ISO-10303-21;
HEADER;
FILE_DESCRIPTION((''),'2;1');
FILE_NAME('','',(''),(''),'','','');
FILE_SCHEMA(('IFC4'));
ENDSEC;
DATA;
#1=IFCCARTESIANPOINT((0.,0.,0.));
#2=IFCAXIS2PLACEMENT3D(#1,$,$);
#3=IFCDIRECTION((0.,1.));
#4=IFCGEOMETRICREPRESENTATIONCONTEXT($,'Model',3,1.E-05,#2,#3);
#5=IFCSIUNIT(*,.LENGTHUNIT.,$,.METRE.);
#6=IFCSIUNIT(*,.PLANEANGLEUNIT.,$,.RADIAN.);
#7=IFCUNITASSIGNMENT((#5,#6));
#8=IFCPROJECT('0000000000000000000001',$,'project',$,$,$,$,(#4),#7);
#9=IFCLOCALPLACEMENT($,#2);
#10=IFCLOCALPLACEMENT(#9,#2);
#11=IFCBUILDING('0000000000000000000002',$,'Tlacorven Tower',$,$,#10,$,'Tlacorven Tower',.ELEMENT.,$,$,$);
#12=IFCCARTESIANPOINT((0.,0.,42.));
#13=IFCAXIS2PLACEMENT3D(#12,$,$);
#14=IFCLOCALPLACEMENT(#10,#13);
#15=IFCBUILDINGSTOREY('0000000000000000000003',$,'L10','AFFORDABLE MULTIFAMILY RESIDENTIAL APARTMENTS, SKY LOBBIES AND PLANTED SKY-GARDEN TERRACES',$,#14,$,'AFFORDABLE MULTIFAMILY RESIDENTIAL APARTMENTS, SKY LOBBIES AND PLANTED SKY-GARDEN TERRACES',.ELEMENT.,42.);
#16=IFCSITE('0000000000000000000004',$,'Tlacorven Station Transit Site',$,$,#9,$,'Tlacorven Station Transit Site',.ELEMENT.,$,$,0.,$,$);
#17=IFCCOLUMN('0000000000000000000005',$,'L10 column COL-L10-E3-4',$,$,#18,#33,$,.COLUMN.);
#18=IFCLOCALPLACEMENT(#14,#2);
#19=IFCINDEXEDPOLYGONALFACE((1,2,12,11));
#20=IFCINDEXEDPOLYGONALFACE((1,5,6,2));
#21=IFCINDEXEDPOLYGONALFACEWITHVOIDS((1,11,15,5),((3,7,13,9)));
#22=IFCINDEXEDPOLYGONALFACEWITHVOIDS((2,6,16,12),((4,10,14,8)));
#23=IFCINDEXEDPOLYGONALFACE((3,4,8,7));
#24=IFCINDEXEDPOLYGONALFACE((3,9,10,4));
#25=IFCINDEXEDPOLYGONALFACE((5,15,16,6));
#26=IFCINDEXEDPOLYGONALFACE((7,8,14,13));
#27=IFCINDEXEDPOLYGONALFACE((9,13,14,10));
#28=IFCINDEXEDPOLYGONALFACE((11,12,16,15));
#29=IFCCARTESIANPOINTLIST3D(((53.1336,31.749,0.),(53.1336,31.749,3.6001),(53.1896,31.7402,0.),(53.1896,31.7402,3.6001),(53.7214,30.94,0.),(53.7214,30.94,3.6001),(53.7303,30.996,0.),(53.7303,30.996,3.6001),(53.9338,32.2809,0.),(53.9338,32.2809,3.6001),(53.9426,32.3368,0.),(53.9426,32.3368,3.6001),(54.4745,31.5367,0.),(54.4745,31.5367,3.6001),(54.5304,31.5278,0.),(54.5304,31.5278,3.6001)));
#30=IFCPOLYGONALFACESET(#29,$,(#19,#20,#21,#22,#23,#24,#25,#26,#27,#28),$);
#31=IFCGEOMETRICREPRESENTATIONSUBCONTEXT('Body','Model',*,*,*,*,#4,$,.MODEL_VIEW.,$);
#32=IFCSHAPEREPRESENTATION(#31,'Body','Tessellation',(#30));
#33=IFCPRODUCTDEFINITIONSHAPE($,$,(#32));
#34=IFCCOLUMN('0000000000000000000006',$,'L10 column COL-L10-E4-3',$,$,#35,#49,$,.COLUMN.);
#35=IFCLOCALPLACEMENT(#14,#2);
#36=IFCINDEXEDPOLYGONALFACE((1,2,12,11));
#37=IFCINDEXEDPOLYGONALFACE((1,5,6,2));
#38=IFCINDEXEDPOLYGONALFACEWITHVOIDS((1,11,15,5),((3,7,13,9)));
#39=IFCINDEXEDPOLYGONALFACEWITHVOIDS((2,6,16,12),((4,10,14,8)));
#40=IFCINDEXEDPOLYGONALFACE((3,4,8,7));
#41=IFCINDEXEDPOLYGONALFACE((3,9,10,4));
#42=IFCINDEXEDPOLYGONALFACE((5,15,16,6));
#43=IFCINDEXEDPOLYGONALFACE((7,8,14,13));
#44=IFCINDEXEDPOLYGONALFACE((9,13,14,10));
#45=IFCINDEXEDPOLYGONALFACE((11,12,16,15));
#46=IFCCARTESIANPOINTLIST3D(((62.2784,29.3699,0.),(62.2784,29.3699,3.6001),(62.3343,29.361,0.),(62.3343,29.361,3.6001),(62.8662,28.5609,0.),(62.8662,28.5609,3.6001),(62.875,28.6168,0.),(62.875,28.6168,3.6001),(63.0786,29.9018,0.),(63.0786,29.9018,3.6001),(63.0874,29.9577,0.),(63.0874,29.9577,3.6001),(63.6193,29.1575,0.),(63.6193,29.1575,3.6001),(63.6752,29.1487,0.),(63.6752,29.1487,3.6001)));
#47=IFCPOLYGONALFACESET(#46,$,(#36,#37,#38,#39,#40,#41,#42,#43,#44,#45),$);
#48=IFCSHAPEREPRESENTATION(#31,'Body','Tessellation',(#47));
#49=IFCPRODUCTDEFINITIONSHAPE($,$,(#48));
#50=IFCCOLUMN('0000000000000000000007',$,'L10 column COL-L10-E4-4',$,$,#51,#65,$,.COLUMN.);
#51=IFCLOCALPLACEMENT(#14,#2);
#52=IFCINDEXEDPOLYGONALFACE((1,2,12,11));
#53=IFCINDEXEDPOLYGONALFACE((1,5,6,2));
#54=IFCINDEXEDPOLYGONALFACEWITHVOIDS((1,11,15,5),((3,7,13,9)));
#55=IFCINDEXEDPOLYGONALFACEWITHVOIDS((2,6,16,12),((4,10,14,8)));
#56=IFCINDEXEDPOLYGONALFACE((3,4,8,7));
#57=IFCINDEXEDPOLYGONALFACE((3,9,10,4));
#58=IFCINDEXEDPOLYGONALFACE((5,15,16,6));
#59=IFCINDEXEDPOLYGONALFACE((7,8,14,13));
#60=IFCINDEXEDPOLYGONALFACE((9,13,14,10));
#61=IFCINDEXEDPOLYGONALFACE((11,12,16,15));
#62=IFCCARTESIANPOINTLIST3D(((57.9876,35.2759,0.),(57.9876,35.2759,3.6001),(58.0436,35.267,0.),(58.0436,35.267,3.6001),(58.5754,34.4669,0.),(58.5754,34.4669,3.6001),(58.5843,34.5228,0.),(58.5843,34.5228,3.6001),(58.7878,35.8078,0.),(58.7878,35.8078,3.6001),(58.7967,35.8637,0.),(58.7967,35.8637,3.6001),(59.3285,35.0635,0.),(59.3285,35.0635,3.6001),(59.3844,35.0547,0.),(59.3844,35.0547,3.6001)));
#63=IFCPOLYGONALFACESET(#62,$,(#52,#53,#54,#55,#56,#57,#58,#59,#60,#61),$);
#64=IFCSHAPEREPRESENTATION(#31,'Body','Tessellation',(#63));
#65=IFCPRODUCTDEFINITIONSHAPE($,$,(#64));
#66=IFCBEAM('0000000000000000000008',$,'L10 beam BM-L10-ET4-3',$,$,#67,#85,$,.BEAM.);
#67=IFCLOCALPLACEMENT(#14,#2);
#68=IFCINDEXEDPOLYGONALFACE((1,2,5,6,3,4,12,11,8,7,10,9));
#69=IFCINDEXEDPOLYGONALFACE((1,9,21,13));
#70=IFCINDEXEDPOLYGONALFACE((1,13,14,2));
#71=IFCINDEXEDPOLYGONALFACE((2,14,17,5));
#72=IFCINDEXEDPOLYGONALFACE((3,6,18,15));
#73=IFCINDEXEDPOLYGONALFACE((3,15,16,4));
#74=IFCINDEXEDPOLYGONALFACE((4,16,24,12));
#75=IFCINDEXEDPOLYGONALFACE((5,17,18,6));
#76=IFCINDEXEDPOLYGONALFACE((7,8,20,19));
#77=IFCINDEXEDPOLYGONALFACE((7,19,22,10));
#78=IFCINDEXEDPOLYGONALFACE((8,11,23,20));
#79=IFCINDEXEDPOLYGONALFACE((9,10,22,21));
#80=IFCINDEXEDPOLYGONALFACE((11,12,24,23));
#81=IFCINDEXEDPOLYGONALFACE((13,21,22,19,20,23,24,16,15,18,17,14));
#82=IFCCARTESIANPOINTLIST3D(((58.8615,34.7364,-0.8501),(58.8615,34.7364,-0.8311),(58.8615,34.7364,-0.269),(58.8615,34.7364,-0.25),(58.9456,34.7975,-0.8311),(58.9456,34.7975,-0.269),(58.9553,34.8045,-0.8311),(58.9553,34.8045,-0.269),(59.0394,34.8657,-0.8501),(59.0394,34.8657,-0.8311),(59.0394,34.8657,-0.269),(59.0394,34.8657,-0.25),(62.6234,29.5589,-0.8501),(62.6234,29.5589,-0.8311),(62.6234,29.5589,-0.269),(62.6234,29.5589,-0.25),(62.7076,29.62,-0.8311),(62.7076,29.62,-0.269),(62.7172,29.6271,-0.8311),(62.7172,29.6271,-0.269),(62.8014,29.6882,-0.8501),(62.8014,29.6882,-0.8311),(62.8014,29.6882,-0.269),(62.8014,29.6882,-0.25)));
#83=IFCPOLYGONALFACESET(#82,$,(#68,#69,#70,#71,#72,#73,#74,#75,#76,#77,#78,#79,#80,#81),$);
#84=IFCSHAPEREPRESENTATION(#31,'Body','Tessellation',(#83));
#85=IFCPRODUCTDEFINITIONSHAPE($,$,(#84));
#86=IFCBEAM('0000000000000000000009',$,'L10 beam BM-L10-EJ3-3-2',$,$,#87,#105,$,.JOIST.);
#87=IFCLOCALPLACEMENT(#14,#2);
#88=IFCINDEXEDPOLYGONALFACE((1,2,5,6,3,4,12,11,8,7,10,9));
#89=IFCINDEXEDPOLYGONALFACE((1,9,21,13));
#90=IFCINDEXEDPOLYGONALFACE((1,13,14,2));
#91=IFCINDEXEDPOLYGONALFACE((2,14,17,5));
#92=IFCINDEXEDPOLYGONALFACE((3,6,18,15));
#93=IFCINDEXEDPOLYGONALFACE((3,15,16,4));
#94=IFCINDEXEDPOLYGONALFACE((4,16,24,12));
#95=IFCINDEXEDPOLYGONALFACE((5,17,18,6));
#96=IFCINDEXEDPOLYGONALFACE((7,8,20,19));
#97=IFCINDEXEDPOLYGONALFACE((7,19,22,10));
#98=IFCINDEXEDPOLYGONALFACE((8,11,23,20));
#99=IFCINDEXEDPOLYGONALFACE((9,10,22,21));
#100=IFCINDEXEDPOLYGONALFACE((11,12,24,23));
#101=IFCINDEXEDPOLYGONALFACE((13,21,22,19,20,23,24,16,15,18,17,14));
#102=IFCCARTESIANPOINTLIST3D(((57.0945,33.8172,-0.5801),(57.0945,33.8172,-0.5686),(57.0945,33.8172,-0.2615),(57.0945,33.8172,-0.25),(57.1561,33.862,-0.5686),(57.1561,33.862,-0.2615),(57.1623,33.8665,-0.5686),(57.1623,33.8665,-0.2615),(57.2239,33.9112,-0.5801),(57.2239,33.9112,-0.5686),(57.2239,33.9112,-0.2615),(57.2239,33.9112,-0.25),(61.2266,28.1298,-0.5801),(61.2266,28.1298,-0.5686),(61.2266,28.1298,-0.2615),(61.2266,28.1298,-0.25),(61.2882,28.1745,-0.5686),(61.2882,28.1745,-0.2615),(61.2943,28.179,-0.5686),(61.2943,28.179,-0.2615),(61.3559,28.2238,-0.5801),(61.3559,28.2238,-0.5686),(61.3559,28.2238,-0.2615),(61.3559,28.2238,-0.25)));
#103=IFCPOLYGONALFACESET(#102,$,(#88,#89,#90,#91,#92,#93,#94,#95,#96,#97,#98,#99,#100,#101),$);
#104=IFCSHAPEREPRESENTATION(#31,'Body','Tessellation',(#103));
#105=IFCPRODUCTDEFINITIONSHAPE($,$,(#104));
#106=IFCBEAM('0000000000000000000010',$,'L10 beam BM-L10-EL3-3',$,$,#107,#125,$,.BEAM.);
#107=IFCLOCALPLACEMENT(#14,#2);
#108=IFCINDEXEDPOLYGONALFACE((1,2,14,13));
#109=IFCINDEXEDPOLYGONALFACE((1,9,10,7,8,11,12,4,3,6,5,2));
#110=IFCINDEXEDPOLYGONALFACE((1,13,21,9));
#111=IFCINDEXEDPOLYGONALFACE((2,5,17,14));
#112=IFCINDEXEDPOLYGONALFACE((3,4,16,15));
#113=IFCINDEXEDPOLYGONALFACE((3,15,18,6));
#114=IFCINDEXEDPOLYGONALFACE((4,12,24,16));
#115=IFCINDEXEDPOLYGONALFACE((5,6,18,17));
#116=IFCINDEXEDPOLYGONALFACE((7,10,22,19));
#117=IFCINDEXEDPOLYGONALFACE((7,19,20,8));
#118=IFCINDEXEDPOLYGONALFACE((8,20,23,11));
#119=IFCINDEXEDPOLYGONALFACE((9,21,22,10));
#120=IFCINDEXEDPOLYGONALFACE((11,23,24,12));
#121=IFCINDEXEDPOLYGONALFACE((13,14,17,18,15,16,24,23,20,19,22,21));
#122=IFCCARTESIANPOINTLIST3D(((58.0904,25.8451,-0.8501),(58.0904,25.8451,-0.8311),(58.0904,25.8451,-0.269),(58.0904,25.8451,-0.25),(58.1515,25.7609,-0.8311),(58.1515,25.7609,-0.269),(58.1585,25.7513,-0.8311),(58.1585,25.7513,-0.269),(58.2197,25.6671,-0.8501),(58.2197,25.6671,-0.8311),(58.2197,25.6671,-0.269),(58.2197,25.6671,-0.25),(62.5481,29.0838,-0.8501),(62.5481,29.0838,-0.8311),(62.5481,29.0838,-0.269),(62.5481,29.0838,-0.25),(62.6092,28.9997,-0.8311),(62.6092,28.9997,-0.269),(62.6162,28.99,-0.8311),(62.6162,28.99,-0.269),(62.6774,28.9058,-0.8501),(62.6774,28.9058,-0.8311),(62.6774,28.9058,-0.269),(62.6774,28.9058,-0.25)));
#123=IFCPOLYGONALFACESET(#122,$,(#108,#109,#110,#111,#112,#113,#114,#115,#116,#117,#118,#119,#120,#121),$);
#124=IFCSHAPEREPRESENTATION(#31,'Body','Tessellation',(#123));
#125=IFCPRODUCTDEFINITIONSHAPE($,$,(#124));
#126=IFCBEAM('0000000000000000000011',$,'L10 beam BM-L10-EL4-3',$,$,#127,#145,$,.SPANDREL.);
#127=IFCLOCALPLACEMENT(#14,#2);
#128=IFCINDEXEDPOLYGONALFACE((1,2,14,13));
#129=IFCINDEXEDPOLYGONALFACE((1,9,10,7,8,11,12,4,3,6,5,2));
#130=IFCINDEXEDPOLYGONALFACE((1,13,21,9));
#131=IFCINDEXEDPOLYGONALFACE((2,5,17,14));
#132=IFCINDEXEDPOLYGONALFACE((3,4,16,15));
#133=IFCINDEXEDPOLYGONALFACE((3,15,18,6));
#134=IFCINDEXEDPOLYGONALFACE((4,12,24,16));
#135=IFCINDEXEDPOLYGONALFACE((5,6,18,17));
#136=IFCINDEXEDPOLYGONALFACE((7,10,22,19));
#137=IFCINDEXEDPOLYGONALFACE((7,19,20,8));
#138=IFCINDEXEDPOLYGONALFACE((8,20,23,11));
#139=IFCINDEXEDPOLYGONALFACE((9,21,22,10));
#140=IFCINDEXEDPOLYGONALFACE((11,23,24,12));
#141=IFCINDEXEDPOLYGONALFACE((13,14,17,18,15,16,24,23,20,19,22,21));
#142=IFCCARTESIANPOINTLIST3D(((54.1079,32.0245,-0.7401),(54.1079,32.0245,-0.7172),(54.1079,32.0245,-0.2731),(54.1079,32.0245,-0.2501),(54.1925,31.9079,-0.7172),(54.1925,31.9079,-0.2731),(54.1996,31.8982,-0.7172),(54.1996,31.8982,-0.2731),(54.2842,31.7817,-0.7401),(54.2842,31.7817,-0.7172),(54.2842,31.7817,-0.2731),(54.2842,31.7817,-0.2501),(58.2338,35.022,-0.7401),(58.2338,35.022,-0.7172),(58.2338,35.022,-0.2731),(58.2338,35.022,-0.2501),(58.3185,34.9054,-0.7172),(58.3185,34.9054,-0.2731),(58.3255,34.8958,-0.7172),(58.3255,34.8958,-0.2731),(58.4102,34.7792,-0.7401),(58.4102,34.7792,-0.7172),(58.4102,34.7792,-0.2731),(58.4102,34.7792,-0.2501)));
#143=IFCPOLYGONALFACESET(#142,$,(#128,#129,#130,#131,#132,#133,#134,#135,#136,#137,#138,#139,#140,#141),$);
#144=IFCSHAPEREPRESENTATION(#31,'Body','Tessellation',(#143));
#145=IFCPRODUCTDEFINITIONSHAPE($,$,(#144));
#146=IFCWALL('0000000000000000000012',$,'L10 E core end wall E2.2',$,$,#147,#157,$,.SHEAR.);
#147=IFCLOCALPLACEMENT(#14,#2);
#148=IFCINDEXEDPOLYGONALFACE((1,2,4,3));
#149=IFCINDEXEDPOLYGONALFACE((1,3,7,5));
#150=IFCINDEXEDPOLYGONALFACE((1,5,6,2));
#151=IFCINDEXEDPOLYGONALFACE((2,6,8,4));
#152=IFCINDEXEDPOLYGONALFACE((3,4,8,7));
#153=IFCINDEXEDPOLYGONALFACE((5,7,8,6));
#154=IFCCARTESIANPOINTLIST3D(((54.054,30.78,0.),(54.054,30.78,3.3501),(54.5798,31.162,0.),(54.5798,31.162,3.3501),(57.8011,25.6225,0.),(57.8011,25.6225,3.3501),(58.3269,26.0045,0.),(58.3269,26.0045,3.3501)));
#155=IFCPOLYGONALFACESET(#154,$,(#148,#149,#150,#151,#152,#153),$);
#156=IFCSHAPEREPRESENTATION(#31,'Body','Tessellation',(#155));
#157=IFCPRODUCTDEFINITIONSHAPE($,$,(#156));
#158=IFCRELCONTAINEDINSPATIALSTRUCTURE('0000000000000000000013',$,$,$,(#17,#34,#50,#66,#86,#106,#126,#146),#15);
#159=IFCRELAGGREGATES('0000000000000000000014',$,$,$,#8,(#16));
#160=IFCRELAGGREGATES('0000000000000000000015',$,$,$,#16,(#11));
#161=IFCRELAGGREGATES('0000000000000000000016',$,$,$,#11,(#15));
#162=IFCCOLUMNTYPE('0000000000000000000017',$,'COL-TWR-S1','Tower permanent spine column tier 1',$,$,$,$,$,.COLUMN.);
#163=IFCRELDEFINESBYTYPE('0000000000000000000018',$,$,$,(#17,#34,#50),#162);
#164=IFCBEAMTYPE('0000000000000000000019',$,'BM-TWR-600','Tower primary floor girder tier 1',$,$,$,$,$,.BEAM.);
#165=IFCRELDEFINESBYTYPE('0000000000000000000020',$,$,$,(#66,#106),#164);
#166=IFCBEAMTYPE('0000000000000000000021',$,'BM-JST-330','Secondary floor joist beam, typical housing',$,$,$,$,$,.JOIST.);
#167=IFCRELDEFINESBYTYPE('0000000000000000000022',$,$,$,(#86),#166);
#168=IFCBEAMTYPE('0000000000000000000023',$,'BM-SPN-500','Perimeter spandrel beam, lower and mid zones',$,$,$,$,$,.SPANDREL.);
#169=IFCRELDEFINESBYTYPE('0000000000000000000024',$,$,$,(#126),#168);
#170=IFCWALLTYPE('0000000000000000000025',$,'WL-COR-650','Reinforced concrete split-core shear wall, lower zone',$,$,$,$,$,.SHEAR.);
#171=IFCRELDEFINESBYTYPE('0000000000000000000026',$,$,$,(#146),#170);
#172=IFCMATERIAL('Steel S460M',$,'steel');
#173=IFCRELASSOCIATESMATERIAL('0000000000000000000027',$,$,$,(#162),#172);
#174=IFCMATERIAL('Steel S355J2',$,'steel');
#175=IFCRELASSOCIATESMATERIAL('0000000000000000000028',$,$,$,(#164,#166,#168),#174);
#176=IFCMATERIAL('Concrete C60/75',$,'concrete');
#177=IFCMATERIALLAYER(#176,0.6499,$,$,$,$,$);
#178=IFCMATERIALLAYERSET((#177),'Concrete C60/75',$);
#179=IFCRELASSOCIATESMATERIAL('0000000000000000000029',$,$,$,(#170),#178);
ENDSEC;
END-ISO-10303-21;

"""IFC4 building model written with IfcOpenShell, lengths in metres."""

from ifc_helpers import new_model, si_unit, direction, frame, frame_2d, origin, origin_2d, place, context, subcontext, project, spatial, rectangle, hollow_rectangle, i_section, extrude, source, transform, mapped, material, layer, layer_set, material_profile, profile_set, type_object, element, save


model = new_model("IFC4")

# Units and contexts
model_context = context("Model", 3, precision=1e-05, world=origin(), true_north=direction((0.0, 1.0)))
body_context = subcontext(model_context, "Body", "Model", "MODEL_VIEW")
ifc_project = project(units=[si_unit("LENGTHUNIT", "METRE"), si_unit("PLANEANGLEUNIT", "RADIAN")], contexts=[model_context])

# Site, building, storey
site_placement = place(None, origin())
site = spatial("IfcSite", under=ifc_project, at=site_placement, Name="Tlacorven Station Transit Site", LongName="Tlacorven Station Transit Site", CompositionType="ELEMENT", RefElevation=0.0)
building_placement = place(site_placement, origin())
building = spatial("IfcBuilding", under=site, at=building_placement, Name="Tlacorven Tower", LongName="Tlacorven Tower", CompositionType="ELEMENT")
storey_placement = place(building_placement, frame((0.0, 0.0, 42.0)))
storey = spatial("IfcBuildingStorey", under=building, at=storey_placement, Name="L10", Description="AFFORDABLE MULTIFAMILY RESIDENTIAL APARTMENTS, SKY LOBBIES AND PLANTED SKY-GARDEN TERRACES", LongName="AFFORDABLE MULTIFAMILY RESIDENTIAL APARTMENTS, SKY LOBBIES AND PLANTED SKY-GARDEN TERRACES", CompositionType="ELEMENT", Elevation=42.0)

# Columns
ifc_material_1 = material(Name="Steel S460M", Category="steel")
ifc_material_profile_1 = material_profile(ifc_material_1, hollow_rectangle(XDim=1.0, YDim=1.0, WallThickness=0.04, at=origin_2d()), Name="BOX 1000X1000X40")
ifc_profile_set_1 = profile_set([ifc_material_profile_1], Name="Steel S460M")
column_type = type_object("IfcColumnType", Name="COL-TWR-S1", Description="Tower permanent spine column tier 1", PredefinedType="COLUMN", material=ifc_profile_set_1)
shared_shape_1 = source(origin(), body_context, "Body", "SweptSolid", [
    extrude(hollow_rectangle(XDim=1.0, YDim=1.0, WallThickness=0.04, at=origin_2d()), origin(), (0.0, 0.0, 1.0), 3.6001),
])
for number, where, z_axis, x_axis, name in (
    (1, (53.832, 31.6384, 0.0), (0.0, 0.0, 1.0), (0.809017, 0.587785, 0.0), "L10 column COL-L10-E3-4"),
    (2, (62.9768, 29.2593, 0.0), (0.0, 0.0, 1.0), (0.809017, 0.587785, 0.0), "L10 column COL-L10-E4-3"),
    (3, (58.686, 35.1653, 0.0), (0.0, 0.0, 1.0), (0.809017, 0.587785, 0.0), "L10 column COL-L10-E4-4"),
):
    element("IfcColumn", number, at=place(storey_placement, frame(where, z_axis=z_axis, x_axis=x_axis)), inside=storey, type_object=column_type, Name=name, PredefinedType="COLUMN", context=body_context, shape_type="MappedRepresentation", body=[
        mapped(shared_shape_1, transform((0.0, 0.0, 0.0), scale=1.0)),
    ])

# Beams
ifc_material_2 = material(Name="Steel S355J2", Category="steel")
ifc_material_profile_2 = material_profile(ifc_material_2, i_section(OverallWidth=0.22, OverallDepth=0.6001, WebThickness=0.012, FlangeThickness=0.019, at=origin_2d()), Name="IPE 600")
ifc_profile_set_2 = profile_set([ifc_material_profile_2], Name="Steel S355J2")
beam_type_1 = type_object("IfcBeamType", Name="BM-TWR-600", Description="Tower primary floor girder tier 1", PredefinedType="BEAM", material=ifc_profile_set_2)
shared_shape_2 = source(origin(), body_context, "Body", "SweptSolid", [
    extrude(i_section(OverallWidth=0.22, OverallDepth=0.6001, WebThickness=0.012, FlangeThickness=0.019, at=origin_2d()), origin(), (0.0, 0.0, 1.0), 6.3999),
])
beam_1_placement = place(storey_placement, frame((62.7124, 29.6235, -0.55), z_axis=(-0.587816, 0.808995, 0.0), x_axis=(-0.808995, -0.587816, 0.0)))
element("IfcBeam", 4, at=beam_1_placement, inside=storey, type_object=beam_type_1, Name="L10 beam BM-L10-ET4-3", PredefinedType="BEAM", context=body_context, shape_type="MappedRepresentation", body=[
    mapped(shared_shape_2, transform((0.0, 0.0, 0.0), scale=1.0)),
])
ifc_material_profile_3 = material_profile(ifc_material_2, i_section(OverallWidth=0.1599, OverallDepth=0.3301, WebThickness=0.0076, FlangeThickness=0.0115, at=origin_2d()), Name="IPE 330")
ifc_profile_set_3 = profile_set([ifc_material_profile_3], Name="Steel S355J2")
beam_type_2 = type_object("IfcBeamType", Name="BM-JST-330", Description="Secondary floor joist beam, typical housing", PredefinedType="JOIST", material=ifc_profile_set_3)
shared_shape_3 = source(origin(), body_context, "Body", "SweptSolid", [
    extrude(i_section(OverallWidth=0.1599, OverallDepth=0.3301, WebThickness=0.0076, FlangeThickness=0.0115, at=origin_2d()), origin(), (0.0, 0.0, 1.0), 7.03),
])
beam_2_placement = place(storey_placement, frame((61.2913, 28.1768, -0.415), z_axis=(-0.587773, 0.809026, 0.0), x_axis=(-0.809026, -0.587773, 0.0)))
element("IfcBeam", 5, at=beam_2_placement, inside=storey, type_object=beam_type_2, Name="L10 beam BM-L10-EJ3-3-2", PredefinedType="JOIST", context=body_context, shape_type="MappedRepresentation", body=[
    mapped(shared_shape_3, transform((0.0, 0.0, 0.0), scale=1.0)),
])
shared_shape_4 = source(origin(), body_context, "Body", "SweptSolid", [
    extrude(i_section(OverallWidth=0.22, OverallDepth=0.6001, WebThickness=0.012, FlangeThickness=0.019, at=origin_2d()), origin(), (0.0, 0.0, 1.0), 5.51),
])
beam_3_placement = place(storey_placement, frame((58.155, 25.7561, -0.55), z_axis=(0.809016, 0.587787, 0.0), x_axis=(-0.587787, 0.809016, 0.0)))
element("IfcBeam", 6, at=beam_3_placement, inside=storey, type_object=beam_type_1, Name="L10 beam BM-L10-EL3-3", PredefinedType="BEAM", context=body_context, shape_type="MappedRepresentation", body=[
    mapped(shared_shape_4, transform((0.0, 0.0, 0.0), scale=1.0)),
])
ifc_material_profile_4 = material_profile(ifc_material_2, i_section(OverallWidth=0.3, OverallDepth=0.49, WebThickness=0.012, FlangeThickness=0.0229, at=origin_2d()), Name="HEA 500")
ifc_profile_set_4 = profile_set([ifc_material_profile_4], Name="Steel S355J2")
beam_type_3 = type_object("IfcBeamType", Name="BM-SPN-500", Description="Perimeter spandrel beam, lower and mid zones", PredefinedType="SPANDREL", material=ifc_profile_set_4)
shared_shape_5 = source(origin(), body_context, "Body", "SweptSolid", [
    extrude(i_section(OverallWidth=0.3, OverallDepth=0.49, WebThickness=0.012, FlangeThickness=0.0229, at=origin_2d()), origin(), (0.0, 0.0, 1.0), 5.0999),
])
beam_4_placement = place(storey_placement, frame((54.196, 31.9031, -0.4951), z_axis=(0.80903, 0.587767, 0.0), x_axis=(-0.587767, 0.80903, 0.0)))
element("IfcBeam", 7, at=beam_4_placement, inside=storey, type_object=beam_type_3, Name="L10 beam BM-L10-EL4-3", PredefinedType="SPANDREL", context=body_context, shape_type="MappedRepresentation", body=[
    mapped(shared_shape_5, transform((0.0, 0.0, 0.0), scale=1.0)),
])

# Wall
ifc_material_3 = material(Name="Concrete C60/75", Category="concrete")
ifc_layer_1 = layer(ifc_material_3, 0.6499)
ifc_layer_set_1 = layer_set([ifc_layer_1], Name="Concrete C60/75")
wall_type_1 = type_object("IfcWallType", Name="WL-COR-650", Description="Reinforced concrete split-core shear wall, lower zone", PredefinedType="SHEAR", material=ifc_layer_set_1)
wall_1_placement = place(storey_placement, frame((58.064, 25.8135, 0.0), z_axis=(0.0, 0.0, 1.0), x_axis=(-0.58778, 0.809021, 0.0)))
element("IfcWall", 8, at=wall_1_placement, inside=storey, type_object=wall_type_1, Name="L10 E core end wall E2.2", PredefinedType="SHEAR", context=body_context, shape_type="SweptSolid", body=[
    extrude(rectangle(XDim=6.375, YDim=0.6499, at=frame_2d((3.1875, 0.0))), origin(), (0.0, 0.0, 1.0), 3.3501),
])

save(model, "model.ifc")
